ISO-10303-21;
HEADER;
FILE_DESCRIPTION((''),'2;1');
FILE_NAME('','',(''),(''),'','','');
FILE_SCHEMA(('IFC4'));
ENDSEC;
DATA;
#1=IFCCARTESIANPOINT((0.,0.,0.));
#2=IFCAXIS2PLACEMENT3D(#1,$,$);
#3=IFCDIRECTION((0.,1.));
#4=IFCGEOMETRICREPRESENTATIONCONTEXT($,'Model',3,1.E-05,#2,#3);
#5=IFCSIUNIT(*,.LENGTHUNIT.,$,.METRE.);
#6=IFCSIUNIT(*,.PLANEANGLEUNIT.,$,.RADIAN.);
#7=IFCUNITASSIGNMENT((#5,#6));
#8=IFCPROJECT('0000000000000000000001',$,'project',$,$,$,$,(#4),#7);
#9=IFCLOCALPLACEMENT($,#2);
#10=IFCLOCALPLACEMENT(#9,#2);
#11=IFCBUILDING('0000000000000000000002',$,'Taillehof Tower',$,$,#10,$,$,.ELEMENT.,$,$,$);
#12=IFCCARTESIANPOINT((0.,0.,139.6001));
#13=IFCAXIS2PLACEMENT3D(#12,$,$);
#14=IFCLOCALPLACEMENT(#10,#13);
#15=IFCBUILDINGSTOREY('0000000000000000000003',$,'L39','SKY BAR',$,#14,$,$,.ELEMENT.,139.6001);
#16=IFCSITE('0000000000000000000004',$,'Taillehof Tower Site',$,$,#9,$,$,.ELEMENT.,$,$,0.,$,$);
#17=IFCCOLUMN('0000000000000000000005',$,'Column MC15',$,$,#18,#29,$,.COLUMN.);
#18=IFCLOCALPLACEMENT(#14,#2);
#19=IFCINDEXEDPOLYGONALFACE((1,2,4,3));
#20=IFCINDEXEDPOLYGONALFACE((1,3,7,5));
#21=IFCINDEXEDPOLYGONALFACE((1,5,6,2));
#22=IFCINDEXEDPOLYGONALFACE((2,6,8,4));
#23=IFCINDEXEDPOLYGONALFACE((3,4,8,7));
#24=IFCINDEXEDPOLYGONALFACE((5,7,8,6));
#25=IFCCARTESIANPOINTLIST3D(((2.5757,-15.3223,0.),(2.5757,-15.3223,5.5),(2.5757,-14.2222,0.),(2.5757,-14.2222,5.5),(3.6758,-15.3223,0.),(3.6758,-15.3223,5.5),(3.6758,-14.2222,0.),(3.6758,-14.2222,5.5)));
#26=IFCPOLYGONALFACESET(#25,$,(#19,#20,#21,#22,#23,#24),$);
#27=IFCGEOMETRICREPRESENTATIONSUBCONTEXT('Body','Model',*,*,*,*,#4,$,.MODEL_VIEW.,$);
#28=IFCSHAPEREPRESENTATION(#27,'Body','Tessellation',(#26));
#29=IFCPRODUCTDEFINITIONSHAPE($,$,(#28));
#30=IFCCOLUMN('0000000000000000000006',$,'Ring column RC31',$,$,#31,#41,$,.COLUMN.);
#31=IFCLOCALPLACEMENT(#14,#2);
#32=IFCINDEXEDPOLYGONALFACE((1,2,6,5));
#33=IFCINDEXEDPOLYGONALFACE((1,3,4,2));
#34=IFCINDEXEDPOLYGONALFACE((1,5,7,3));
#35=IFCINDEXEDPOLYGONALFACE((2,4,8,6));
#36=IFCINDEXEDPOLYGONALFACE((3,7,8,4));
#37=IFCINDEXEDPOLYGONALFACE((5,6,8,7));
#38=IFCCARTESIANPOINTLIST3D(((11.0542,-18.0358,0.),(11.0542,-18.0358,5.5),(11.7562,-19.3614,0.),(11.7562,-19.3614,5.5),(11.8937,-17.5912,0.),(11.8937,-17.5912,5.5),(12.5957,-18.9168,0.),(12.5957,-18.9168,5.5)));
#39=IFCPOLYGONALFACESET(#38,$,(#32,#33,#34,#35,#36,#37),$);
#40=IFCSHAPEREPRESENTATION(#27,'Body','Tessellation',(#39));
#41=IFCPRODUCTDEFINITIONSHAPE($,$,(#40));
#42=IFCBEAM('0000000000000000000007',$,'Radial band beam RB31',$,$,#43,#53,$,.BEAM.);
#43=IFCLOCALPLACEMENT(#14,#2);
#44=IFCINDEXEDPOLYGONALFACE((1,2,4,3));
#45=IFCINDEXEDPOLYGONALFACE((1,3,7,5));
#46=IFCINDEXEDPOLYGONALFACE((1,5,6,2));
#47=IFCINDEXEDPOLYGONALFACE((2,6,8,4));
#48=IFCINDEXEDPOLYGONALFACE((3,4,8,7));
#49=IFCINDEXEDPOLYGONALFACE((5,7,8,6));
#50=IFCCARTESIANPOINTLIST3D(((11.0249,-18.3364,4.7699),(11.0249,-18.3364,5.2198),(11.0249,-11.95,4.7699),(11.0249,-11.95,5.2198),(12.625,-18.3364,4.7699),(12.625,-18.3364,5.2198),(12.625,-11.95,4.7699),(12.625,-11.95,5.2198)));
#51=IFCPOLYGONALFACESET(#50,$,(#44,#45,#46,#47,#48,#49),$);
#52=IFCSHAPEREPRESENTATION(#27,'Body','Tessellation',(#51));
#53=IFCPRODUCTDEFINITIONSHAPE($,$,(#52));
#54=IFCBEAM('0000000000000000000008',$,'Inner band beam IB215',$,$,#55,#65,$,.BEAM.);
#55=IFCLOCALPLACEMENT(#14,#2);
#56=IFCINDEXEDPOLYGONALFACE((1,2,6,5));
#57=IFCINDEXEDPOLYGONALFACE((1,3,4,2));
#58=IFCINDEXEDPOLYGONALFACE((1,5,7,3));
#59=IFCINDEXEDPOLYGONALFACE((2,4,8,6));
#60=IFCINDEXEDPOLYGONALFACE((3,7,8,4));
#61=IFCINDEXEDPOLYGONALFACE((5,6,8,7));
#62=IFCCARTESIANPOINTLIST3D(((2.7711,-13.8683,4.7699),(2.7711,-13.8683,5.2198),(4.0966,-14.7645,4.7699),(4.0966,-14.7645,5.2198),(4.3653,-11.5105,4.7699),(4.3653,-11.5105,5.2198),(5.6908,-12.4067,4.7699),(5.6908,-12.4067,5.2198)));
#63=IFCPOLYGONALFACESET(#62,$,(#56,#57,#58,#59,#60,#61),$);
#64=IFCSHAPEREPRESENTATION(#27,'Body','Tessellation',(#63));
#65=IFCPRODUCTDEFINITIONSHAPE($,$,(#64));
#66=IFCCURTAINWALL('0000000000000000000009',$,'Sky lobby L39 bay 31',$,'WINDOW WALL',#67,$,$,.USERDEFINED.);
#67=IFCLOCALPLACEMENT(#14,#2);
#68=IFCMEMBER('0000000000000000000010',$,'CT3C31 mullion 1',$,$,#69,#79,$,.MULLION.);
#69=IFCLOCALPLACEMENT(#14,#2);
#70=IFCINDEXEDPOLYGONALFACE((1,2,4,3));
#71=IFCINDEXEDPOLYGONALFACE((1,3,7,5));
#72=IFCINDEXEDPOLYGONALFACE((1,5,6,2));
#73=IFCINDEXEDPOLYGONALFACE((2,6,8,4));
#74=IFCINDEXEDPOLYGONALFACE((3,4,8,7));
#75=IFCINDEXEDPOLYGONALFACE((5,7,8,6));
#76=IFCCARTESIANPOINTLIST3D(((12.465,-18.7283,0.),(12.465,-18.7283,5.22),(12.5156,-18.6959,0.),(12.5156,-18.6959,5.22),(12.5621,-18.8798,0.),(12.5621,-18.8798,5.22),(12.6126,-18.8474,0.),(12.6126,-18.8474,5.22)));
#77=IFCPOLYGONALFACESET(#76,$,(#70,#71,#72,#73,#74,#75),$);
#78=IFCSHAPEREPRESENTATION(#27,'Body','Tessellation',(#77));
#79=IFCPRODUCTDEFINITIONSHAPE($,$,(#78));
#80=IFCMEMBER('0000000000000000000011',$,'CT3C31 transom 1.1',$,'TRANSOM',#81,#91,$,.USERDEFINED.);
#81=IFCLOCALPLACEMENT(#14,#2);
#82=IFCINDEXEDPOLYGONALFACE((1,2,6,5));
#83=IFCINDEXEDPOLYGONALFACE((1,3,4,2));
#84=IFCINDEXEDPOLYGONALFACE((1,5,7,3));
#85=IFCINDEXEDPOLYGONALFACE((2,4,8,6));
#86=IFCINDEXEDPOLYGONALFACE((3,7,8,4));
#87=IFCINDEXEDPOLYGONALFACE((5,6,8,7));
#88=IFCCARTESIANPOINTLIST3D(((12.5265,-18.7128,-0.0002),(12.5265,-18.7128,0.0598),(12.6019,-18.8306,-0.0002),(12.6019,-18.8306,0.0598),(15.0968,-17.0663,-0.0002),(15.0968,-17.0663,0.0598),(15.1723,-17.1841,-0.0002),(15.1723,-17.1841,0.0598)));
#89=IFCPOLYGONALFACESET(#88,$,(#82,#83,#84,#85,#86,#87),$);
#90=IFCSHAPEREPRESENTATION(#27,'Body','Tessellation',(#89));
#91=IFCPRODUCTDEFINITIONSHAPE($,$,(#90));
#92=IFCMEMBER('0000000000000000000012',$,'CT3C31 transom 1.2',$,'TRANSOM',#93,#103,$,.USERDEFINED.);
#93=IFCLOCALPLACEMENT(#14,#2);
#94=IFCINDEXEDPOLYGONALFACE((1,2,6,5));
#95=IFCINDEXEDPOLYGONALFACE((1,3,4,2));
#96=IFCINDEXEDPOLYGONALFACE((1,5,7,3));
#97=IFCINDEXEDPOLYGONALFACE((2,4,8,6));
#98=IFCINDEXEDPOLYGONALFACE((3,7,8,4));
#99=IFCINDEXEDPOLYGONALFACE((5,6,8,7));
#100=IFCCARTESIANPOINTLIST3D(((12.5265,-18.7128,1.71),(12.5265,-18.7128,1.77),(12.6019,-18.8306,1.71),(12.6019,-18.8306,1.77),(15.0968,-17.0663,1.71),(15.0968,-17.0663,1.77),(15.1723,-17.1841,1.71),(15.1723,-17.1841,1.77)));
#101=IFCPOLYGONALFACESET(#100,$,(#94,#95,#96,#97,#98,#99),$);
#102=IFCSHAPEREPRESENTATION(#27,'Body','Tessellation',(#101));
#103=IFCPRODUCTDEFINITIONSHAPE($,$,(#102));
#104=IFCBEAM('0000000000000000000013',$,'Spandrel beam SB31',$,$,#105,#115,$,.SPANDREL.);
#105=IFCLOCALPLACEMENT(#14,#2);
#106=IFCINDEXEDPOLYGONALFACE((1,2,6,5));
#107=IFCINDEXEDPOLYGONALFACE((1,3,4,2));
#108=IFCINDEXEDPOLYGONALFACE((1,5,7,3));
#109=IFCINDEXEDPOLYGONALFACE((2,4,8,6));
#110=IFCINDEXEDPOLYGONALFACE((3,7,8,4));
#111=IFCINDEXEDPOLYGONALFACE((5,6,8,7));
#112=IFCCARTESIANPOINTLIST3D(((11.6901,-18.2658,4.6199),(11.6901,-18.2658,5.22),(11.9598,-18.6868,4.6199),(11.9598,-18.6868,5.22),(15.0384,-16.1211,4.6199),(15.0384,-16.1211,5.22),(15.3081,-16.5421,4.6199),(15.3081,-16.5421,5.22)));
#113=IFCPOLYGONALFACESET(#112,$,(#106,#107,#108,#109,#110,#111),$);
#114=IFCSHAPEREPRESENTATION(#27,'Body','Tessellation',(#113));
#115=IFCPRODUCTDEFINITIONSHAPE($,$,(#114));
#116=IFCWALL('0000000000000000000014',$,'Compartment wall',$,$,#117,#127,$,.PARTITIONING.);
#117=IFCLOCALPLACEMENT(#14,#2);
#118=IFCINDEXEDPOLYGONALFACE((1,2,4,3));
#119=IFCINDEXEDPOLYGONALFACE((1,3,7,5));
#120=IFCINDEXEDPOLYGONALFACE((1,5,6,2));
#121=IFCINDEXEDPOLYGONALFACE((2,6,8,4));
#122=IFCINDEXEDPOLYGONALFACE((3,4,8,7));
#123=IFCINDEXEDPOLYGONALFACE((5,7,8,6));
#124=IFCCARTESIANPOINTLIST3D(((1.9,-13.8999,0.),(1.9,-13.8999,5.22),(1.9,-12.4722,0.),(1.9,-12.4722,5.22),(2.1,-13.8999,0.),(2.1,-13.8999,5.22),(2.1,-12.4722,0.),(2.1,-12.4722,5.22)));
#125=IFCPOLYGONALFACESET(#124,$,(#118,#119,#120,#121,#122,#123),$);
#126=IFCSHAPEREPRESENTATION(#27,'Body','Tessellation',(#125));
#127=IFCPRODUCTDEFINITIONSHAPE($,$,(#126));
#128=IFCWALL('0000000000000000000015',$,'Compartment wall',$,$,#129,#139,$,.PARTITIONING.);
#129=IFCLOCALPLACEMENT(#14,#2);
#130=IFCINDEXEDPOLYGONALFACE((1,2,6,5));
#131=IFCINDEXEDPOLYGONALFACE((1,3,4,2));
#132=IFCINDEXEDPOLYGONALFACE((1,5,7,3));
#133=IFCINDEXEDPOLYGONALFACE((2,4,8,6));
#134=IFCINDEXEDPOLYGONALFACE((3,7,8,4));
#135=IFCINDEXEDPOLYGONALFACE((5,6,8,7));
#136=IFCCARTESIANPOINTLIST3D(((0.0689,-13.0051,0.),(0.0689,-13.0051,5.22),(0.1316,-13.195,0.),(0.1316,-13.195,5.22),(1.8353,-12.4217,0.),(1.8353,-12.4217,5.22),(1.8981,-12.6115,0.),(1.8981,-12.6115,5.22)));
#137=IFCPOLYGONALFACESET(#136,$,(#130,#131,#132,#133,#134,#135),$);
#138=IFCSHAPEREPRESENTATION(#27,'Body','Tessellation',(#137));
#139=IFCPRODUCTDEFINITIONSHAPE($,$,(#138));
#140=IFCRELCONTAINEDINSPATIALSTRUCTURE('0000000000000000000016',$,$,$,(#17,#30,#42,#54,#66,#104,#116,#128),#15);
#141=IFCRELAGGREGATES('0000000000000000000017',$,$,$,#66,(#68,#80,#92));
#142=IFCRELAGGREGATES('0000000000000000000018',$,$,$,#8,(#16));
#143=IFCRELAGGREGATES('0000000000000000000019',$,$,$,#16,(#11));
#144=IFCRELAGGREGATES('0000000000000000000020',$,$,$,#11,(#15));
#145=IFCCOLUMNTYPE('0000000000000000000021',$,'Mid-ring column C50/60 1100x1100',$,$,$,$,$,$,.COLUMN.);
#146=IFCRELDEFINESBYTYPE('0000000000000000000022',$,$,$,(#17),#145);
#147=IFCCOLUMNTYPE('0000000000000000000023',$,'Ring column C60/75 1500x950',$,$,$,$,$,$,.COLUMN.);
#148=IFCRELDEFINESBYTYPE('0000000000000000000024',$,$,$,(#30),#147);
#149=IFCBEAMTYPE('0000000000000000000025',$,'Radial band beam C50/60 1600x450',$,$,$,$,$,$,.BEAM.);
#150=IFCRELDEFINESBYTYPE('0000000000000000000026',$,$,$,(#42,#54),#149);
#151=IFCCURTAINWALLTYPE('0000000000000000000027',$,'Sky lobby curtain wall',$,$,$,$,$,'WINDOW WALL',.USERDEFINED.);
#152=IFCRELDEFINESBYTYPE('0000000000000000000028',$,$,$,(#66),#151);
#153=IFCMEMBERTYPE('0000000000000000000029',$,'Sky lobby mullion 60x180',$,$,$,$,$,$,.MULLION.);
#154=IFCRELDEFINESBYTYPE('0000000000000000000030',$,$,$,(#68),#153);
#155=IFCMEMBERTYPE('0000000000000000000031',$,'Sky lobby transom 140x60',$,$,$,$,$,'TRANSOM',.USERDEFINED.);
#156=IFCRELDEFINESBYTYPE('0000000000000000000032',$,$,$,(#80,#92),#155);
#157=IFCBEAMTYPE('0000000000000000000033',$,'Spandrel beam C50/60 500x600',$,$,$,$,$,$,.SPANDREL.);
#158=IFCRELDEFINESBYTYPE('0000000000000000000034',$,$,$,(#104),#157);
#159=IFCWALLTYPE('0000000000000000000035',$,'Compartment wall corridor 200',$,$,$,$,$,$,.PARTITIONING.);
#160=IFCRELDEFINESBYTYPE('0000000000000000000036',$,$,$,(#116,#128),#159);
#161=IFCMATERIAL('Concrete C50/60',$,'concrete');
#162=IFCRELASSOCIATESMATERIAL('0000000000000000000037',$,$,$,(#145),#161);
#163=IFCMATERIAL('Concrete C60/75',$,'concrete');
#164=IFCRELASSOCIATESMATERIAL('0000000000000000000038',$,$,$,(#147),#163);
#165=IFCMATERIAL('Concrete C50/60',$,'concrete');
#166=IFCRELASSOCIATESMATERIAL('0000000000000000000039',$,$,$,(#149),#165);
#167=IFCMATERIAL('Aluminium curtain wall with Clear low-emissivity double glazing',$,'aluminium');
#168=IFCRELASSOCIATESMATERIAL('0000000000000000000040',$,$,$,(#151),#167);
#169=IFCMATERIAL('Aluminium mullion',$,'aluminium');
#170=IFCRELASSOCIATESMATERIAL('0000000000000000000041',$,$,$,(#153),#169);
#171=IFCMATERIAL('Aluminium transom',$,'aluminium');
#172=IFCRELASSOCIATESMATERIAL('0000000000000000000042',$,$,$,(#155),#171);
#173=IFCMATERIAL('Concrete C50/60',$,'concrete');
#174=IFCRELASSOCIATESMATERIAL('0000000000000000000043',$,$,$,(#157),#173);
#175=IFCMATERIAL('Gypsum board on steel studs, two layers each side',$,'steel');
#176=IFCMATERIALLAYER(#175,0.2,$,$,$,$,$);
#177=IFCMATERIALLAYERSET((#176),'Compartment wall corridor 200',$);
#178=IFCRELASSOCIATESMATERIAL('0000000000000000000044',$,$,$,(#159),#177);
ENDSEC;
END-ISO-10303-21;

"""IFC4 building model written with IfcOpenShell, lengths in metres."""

from ifc_helpers import new_model, si_unit, direction, frame, frame_2d, origin, origin_2d, place, context, subcontext, project, spatial, rectangle, extrude, material, layer, layer_set, material_profile, profile_set, type_object, element, aggregate, save


model = new_model("IFC4")

# Units and contexts
model_context = context("Model", 3, precision=1e-05, world=origin(), true_north=direction((0.0, 1.0)))
body_context = subcontext(model_context, "Body", "Model", "MODEL_VIEW")
ifc_project = project(units=[si_unit("LENGTHUNIT", "METRE"), si_unit("PLANEANGLEUNIT", "RADIAN")], contexts=[model_context])

# Site, building, storey
site_placement = place(None, origin())
site = spatial("IfcSite", under=ifc_project, at=site_placement, Name="Taillehof Tower Site", CompositionType="ELEMENT", RefElevation=0.0)
building_placement = place(site_placement, origin())
building = spatial("IfcBuilding", under=site, at=building_placement, Name="Taillehof Tower", CompositionType="ELEMENT")
storey_placement = place(building_placement, frame((0.0, 0.0, 139.6001)))
storey = spatial("IfcBuildingStorey", under=building, at=storey_placement, Name="L39", Description="SKY BAR", CompositionType="ELEMENT", Elevation=139.6001)

# Columns
ifc_material_1 = material(Name="Concrete C50/60", Category="concrete")
ifc_material_profile_1 = material_profile(ifc_material_1, rectangle(XDim=1.1001, YDim=1.1001, at=origin_2d()), Name="RC 1100x1100")
ifc_profile_set_1 = profile_set([ifc_material_profile_1], Name="Concrete C50/60")
column_type_1 = type_object("IfcColumnType", Name="Mid-ring column C50/60 1100x1100", PredefinedType="COLUMN", material=ifc_profile_set_1)
column_1_placement = place(storey_placement, frame((3.1257, -14.7722, 0.0), z_axis=(0.0, 0.0, 1.0), x_axis=(1.0, 0.0, 0.0)))
element("IfcColumn", 1, at=column_1_placement, inside=storey, type_object=column_type_1, Name="Column MC15", PredefinedType="COLUMN", context=body_context, shape_type="SweptSolid", body=[
    extrude(rectangle(XDim=1.1001, YDim=1.1001, at=origin_2d()), origin(), (0.0, 0.0, 1.0), 5.5),
])
ifc_material_2 = material(Name="Concrete C60/75", Category="concrete")
ifc_material_profile_2 = material_profile(ifc_material_2, rectangle(XDim=1.5, YDim=0.95, at=origin_2d()), Name="RC 1500x950")
ifc_profile_set_2 = profile_set([ifc_material_profile_2], Name="Concrete C60/75")
column_type_2 = type_object("IfcColumnType", Name="Ring column C60/75 1500x950", PredefinedType="COLUMN", material=ifc_profile_set_2)
column_2_placement = place(storey_placement, frame((11.825, -18.4763, 0.0), z_axis=(0.0, 0.0, 1.0), x_axis=(0.468042, -0.883706, 0.0)))
element("IfcColumn", 2, at=column_2_placement, inside=storey, type_object=column_type_2, Name="Ring column RC31", PredefinedType="COLUMN", context=body_context, shape_type="SweptSolid", body=[
    extrude(rectangle(XDim=1.5, YDim=0.95, at=origin_2d()), origin(), (0.0, 0.0, 1.0), 5.5),
])

# Beams
ifc_material_3 = material(Name="Concrete C50/60", Category="concrete")
ifc_material_profile_3 = material_profile(ifc_material_3, rectangle(XDim=1.6001, YDim=0.45, at=origin_2d()), Name="RC 1600x450")
ifc_profile_set_3 = profile_set([ifc_material_profile_3], Name="Concrete C50/60")
beam_type_1 = type_object("IfcBeamType", Name="Radial band beam C50/60 1600x450", PredefinedType="BEAM", material=ifc_profile_set_3)
beam_1_placement = place(storey_placement, frame((11.825, -18.3364, 4.9949), z_axis=(0.0, 1.0, 0.0), x_axis=(-1.0, 0.0, 0.0)))
element("IfcBeam", 3, at=beam_1_placement, inside=storey, type_object=beam_type_1, Name="Radial band beam RB31", PredefinedType="BEAM", context=body_context, shape_type="SweptSolid", body=[
    extrude(rectangle(XDim=1.6001, YDim=0.45, at=origin_2d()), origin(), (0.0, 0.0, 1.0), 6.3865),
])
beam_2_placement = place(storey_placement, frame((3.4338, -14.3164, 4.9949), z_axis=(0.560112, 0.828417, 0.0), x_axis=(-0.828417, 0.560112, 0.0)))
element("IfcBeam", 4, at=beam_2_placement, inside=storey, type_object=beam_type_1, Name="Inner band beam IB215", PredefinedType="BEAM", context=body_context, shape_type="SweptSolid", body=[
    extrude(rectangle(XDim=1.6001, YDim=0.45, at=origin_2d()), origin(), (0.0, 0.0, 1.0), 2.8462),
])

# Curtain wall, members
ifc_material_4 = material(Name="Aluminium curtain wall with Clear low-emissivity double glazing", Category="aluminium")
curtain_wall_type = type_object("IfcCurtainWallType", Name="Sky lobby curtain wall", ElementType="WINDOW WALL", PredefinedType="USERDEFINED", material=ifc_material_4)
curtain_wall_placement = place(storey_placement, origin())
curtain_wall = element("IfcCurtainWall", 5, at=curtain_wall_placement, inside=storey, type_object=curtain_wall_type, Name="Sky lobby L39 bay 31", ObjectType="WINDOW WALL", PredefinedType="USERDEFINED")
ifc_material_5 = material(Name="Aluminium mullion", Category="aluminium")
ifc_material_profile_4 = material_profile(ifc_material_5, rectangle(XDim=0.1799, YDim=0.0601, at=origin_2d()), Name="AL 60x180")
ifc_profile_set_4 = profile_set([ifc_material_profile_4], Name="Aluminium mullion")
member_type_1 = type_object("IfcMemberType", Name="Sky lobby mullion 60x180", PredefinedType="MULLION", material=ifc_profile_set_4)
member_1_placement = place(storey_placement, frame((12.5388, -18.7878, 0.0), z_axis=(0.0, 0.0, 1.0), x_axis=(-0.539394, 0.842053, 0.0)))
member_1 = element("IfcMember", 6, at=member_1_placement, type_object=member_type_1, Name="CT3C31 mullion 1", PredefinedType="MULLION", context=body_context, shape_type="SweptSolid", body=[
    extrude(rectangle(XDim=0.1799, YDim=0.0601, at=origin_2d()), origin(), (0.0, 0.0, 1.0), 5.22),
])
ifc_material_6 = material(Name="Aluminium transom", Category="aluminium")
ifc_material_profile_5 = material_profile(ifc_material_6, rectangle(XDim=0.1399, YDim=0.0601, at=origin_2d()), Name="AL 140x60")
ifc_profile_set_5 = profile_set([ifc_material_profile_5], Name="Aluminium transom")
member_type_2 = type_object("IfcMemberType", Name="Sky lobby transom 140x60", ElementType="TRANSOM", PredefinedType="USERDEFINED", material=ifc_profile_set_5)
member_2_placement = place(storey_placement, frame((12.5642, -18.7717, 0.0298), z_axis=(0.842051, 0.539399, 0.0), x_axis=(-0.539399, 0.842051, 0.0)))
member_2 = element("IfcMember", 7, at=member_2_placement, type_object=member_type_2, Name="CT3C31 transom 1.1", ObjectType="TRANSOM", PredefinedType="USERDEFINED", context=body_context, shape_type="SweptSolid", body=[
    extrude(rectangle(XDim=0.1399, YDim=0.0601, at=origin_2d()), origin(), (0.0, 0.0, 1.0), 3.0525),
])
member_3_placement = place(storey_placement, frame((12.5642, -18.7717, 1.74), z_axis=(0.842051, 0.539399, 0.0), x_axis=(-0.539399, 0.842051, 0.0)))
member_3 = element("IfcMember", 8, at=member_3_placement, type_object=member_type_2, Name="CT3C31 transom 1.2", ObjectType="TRANSOM", PredefinedType="USERDEFINED", context=body_context, shape_type="SweptSolid", body=[
    extrude(rectangle(XDim=0.1399, YDim=0.0601, at=origin_2d()), origin(), (0.0, 0.0, 1.0), 3.0525),
])
aggregate(curtain_wall, [member_1, member_2, member_3])

# Beam
ifc_material_7 = material(Name="Concrete C50/60", Category="concrete")
ifc_material_profile_6 = material_profile(ifc_material_7, rectangle(XDim=0.5, YDim=0.6001, at=origin_2d()), Name="RC 500x600")
ifc_profile_set_6 = profile_set([ifc_material_profile_6], Name="Concrete C50/60")
beam_type_2 = type_object("IfcBeamType", Name="Spandrel beam C50/60 500x600", PredefinedType="SPANDREL", material=ifc_profile_set_6)
beam_3_placement = place(storey_placement, frame((11.825, -18.4763, 4.9199), z_axis=(0.842065, 0.539376, 0.0), x_axis=(-0.539376, 0.842065, 0.0)))
element("IfcBeam", 9, at=beam_3_placement, inside=storey, type_object=beam_type_2, Name="Spandrel beam SB31", PredefinedType="SPANDREL", context=body_context, shape_type="SweptSolid", body=[
    extrude(rectangle(XDim=0.5, YDim=0.6001, at=origin_2d()), origin(), (0.0, 0.0, 1.0), 3.9763),
])

# Walls
ifc_material_8 = material(Name="Gypsum board on steel studs, two layers each side", Category="steel")
ifc_layer_1 = layer(ifc_material_8, 0.2)
ifc_layer_set_1 = layer_set([ifc_layer_1], Name="Compartment wall corridor 200")
wall_type_1 = type_object("IfcWallType", Name="Compartment wall corridor 200", PredefinedType="PARTITIONING", material=ifc_layer_set_1)
wall_1_placement = place(storey_placement, frame((2.0, -13.8999, 0.0), z_axis=(0.0, 0.0, 1.0), x_axis=(0.0, 1.0, 0.0)))
element("IfcWall", 10, at=wall_1_placement, inside=storey, type_object=wall_type_1, Name="Compartment wall", PredefinedType="PARTITIONING", context=body_context, shape_type="SweptSolid", body=[
    extrude(rectangle(XDim=1.4277, YDim=0.2, at=frame_2d((0.7139, 0.0))), origin(), (0.0, 0.0, 1.0), 5.22),
])
wall_2_placement = place(storey_placement, frame((1.8667, -12.5166, 0.0), z_axis=(0.0, 0.0, 1.0), x_axis=(-0.949546, -0.313628, 0.0)))
element("IfcWall", 11, at=wall_2_placement, inside=storey, type_object=wall_type_1, Name="Compartment wall", PredefinedType="PARTITIONING", context=body_context, shape_type="SweptSolid", body=[
    extrude(rectangle(XDim=1.8604, YDim=0.2, at=frame_2d((0.9302, 0.0))), origin(), (0.0, 0.0, 1.0), 5.22),
])

save(model, "model.ifc")
